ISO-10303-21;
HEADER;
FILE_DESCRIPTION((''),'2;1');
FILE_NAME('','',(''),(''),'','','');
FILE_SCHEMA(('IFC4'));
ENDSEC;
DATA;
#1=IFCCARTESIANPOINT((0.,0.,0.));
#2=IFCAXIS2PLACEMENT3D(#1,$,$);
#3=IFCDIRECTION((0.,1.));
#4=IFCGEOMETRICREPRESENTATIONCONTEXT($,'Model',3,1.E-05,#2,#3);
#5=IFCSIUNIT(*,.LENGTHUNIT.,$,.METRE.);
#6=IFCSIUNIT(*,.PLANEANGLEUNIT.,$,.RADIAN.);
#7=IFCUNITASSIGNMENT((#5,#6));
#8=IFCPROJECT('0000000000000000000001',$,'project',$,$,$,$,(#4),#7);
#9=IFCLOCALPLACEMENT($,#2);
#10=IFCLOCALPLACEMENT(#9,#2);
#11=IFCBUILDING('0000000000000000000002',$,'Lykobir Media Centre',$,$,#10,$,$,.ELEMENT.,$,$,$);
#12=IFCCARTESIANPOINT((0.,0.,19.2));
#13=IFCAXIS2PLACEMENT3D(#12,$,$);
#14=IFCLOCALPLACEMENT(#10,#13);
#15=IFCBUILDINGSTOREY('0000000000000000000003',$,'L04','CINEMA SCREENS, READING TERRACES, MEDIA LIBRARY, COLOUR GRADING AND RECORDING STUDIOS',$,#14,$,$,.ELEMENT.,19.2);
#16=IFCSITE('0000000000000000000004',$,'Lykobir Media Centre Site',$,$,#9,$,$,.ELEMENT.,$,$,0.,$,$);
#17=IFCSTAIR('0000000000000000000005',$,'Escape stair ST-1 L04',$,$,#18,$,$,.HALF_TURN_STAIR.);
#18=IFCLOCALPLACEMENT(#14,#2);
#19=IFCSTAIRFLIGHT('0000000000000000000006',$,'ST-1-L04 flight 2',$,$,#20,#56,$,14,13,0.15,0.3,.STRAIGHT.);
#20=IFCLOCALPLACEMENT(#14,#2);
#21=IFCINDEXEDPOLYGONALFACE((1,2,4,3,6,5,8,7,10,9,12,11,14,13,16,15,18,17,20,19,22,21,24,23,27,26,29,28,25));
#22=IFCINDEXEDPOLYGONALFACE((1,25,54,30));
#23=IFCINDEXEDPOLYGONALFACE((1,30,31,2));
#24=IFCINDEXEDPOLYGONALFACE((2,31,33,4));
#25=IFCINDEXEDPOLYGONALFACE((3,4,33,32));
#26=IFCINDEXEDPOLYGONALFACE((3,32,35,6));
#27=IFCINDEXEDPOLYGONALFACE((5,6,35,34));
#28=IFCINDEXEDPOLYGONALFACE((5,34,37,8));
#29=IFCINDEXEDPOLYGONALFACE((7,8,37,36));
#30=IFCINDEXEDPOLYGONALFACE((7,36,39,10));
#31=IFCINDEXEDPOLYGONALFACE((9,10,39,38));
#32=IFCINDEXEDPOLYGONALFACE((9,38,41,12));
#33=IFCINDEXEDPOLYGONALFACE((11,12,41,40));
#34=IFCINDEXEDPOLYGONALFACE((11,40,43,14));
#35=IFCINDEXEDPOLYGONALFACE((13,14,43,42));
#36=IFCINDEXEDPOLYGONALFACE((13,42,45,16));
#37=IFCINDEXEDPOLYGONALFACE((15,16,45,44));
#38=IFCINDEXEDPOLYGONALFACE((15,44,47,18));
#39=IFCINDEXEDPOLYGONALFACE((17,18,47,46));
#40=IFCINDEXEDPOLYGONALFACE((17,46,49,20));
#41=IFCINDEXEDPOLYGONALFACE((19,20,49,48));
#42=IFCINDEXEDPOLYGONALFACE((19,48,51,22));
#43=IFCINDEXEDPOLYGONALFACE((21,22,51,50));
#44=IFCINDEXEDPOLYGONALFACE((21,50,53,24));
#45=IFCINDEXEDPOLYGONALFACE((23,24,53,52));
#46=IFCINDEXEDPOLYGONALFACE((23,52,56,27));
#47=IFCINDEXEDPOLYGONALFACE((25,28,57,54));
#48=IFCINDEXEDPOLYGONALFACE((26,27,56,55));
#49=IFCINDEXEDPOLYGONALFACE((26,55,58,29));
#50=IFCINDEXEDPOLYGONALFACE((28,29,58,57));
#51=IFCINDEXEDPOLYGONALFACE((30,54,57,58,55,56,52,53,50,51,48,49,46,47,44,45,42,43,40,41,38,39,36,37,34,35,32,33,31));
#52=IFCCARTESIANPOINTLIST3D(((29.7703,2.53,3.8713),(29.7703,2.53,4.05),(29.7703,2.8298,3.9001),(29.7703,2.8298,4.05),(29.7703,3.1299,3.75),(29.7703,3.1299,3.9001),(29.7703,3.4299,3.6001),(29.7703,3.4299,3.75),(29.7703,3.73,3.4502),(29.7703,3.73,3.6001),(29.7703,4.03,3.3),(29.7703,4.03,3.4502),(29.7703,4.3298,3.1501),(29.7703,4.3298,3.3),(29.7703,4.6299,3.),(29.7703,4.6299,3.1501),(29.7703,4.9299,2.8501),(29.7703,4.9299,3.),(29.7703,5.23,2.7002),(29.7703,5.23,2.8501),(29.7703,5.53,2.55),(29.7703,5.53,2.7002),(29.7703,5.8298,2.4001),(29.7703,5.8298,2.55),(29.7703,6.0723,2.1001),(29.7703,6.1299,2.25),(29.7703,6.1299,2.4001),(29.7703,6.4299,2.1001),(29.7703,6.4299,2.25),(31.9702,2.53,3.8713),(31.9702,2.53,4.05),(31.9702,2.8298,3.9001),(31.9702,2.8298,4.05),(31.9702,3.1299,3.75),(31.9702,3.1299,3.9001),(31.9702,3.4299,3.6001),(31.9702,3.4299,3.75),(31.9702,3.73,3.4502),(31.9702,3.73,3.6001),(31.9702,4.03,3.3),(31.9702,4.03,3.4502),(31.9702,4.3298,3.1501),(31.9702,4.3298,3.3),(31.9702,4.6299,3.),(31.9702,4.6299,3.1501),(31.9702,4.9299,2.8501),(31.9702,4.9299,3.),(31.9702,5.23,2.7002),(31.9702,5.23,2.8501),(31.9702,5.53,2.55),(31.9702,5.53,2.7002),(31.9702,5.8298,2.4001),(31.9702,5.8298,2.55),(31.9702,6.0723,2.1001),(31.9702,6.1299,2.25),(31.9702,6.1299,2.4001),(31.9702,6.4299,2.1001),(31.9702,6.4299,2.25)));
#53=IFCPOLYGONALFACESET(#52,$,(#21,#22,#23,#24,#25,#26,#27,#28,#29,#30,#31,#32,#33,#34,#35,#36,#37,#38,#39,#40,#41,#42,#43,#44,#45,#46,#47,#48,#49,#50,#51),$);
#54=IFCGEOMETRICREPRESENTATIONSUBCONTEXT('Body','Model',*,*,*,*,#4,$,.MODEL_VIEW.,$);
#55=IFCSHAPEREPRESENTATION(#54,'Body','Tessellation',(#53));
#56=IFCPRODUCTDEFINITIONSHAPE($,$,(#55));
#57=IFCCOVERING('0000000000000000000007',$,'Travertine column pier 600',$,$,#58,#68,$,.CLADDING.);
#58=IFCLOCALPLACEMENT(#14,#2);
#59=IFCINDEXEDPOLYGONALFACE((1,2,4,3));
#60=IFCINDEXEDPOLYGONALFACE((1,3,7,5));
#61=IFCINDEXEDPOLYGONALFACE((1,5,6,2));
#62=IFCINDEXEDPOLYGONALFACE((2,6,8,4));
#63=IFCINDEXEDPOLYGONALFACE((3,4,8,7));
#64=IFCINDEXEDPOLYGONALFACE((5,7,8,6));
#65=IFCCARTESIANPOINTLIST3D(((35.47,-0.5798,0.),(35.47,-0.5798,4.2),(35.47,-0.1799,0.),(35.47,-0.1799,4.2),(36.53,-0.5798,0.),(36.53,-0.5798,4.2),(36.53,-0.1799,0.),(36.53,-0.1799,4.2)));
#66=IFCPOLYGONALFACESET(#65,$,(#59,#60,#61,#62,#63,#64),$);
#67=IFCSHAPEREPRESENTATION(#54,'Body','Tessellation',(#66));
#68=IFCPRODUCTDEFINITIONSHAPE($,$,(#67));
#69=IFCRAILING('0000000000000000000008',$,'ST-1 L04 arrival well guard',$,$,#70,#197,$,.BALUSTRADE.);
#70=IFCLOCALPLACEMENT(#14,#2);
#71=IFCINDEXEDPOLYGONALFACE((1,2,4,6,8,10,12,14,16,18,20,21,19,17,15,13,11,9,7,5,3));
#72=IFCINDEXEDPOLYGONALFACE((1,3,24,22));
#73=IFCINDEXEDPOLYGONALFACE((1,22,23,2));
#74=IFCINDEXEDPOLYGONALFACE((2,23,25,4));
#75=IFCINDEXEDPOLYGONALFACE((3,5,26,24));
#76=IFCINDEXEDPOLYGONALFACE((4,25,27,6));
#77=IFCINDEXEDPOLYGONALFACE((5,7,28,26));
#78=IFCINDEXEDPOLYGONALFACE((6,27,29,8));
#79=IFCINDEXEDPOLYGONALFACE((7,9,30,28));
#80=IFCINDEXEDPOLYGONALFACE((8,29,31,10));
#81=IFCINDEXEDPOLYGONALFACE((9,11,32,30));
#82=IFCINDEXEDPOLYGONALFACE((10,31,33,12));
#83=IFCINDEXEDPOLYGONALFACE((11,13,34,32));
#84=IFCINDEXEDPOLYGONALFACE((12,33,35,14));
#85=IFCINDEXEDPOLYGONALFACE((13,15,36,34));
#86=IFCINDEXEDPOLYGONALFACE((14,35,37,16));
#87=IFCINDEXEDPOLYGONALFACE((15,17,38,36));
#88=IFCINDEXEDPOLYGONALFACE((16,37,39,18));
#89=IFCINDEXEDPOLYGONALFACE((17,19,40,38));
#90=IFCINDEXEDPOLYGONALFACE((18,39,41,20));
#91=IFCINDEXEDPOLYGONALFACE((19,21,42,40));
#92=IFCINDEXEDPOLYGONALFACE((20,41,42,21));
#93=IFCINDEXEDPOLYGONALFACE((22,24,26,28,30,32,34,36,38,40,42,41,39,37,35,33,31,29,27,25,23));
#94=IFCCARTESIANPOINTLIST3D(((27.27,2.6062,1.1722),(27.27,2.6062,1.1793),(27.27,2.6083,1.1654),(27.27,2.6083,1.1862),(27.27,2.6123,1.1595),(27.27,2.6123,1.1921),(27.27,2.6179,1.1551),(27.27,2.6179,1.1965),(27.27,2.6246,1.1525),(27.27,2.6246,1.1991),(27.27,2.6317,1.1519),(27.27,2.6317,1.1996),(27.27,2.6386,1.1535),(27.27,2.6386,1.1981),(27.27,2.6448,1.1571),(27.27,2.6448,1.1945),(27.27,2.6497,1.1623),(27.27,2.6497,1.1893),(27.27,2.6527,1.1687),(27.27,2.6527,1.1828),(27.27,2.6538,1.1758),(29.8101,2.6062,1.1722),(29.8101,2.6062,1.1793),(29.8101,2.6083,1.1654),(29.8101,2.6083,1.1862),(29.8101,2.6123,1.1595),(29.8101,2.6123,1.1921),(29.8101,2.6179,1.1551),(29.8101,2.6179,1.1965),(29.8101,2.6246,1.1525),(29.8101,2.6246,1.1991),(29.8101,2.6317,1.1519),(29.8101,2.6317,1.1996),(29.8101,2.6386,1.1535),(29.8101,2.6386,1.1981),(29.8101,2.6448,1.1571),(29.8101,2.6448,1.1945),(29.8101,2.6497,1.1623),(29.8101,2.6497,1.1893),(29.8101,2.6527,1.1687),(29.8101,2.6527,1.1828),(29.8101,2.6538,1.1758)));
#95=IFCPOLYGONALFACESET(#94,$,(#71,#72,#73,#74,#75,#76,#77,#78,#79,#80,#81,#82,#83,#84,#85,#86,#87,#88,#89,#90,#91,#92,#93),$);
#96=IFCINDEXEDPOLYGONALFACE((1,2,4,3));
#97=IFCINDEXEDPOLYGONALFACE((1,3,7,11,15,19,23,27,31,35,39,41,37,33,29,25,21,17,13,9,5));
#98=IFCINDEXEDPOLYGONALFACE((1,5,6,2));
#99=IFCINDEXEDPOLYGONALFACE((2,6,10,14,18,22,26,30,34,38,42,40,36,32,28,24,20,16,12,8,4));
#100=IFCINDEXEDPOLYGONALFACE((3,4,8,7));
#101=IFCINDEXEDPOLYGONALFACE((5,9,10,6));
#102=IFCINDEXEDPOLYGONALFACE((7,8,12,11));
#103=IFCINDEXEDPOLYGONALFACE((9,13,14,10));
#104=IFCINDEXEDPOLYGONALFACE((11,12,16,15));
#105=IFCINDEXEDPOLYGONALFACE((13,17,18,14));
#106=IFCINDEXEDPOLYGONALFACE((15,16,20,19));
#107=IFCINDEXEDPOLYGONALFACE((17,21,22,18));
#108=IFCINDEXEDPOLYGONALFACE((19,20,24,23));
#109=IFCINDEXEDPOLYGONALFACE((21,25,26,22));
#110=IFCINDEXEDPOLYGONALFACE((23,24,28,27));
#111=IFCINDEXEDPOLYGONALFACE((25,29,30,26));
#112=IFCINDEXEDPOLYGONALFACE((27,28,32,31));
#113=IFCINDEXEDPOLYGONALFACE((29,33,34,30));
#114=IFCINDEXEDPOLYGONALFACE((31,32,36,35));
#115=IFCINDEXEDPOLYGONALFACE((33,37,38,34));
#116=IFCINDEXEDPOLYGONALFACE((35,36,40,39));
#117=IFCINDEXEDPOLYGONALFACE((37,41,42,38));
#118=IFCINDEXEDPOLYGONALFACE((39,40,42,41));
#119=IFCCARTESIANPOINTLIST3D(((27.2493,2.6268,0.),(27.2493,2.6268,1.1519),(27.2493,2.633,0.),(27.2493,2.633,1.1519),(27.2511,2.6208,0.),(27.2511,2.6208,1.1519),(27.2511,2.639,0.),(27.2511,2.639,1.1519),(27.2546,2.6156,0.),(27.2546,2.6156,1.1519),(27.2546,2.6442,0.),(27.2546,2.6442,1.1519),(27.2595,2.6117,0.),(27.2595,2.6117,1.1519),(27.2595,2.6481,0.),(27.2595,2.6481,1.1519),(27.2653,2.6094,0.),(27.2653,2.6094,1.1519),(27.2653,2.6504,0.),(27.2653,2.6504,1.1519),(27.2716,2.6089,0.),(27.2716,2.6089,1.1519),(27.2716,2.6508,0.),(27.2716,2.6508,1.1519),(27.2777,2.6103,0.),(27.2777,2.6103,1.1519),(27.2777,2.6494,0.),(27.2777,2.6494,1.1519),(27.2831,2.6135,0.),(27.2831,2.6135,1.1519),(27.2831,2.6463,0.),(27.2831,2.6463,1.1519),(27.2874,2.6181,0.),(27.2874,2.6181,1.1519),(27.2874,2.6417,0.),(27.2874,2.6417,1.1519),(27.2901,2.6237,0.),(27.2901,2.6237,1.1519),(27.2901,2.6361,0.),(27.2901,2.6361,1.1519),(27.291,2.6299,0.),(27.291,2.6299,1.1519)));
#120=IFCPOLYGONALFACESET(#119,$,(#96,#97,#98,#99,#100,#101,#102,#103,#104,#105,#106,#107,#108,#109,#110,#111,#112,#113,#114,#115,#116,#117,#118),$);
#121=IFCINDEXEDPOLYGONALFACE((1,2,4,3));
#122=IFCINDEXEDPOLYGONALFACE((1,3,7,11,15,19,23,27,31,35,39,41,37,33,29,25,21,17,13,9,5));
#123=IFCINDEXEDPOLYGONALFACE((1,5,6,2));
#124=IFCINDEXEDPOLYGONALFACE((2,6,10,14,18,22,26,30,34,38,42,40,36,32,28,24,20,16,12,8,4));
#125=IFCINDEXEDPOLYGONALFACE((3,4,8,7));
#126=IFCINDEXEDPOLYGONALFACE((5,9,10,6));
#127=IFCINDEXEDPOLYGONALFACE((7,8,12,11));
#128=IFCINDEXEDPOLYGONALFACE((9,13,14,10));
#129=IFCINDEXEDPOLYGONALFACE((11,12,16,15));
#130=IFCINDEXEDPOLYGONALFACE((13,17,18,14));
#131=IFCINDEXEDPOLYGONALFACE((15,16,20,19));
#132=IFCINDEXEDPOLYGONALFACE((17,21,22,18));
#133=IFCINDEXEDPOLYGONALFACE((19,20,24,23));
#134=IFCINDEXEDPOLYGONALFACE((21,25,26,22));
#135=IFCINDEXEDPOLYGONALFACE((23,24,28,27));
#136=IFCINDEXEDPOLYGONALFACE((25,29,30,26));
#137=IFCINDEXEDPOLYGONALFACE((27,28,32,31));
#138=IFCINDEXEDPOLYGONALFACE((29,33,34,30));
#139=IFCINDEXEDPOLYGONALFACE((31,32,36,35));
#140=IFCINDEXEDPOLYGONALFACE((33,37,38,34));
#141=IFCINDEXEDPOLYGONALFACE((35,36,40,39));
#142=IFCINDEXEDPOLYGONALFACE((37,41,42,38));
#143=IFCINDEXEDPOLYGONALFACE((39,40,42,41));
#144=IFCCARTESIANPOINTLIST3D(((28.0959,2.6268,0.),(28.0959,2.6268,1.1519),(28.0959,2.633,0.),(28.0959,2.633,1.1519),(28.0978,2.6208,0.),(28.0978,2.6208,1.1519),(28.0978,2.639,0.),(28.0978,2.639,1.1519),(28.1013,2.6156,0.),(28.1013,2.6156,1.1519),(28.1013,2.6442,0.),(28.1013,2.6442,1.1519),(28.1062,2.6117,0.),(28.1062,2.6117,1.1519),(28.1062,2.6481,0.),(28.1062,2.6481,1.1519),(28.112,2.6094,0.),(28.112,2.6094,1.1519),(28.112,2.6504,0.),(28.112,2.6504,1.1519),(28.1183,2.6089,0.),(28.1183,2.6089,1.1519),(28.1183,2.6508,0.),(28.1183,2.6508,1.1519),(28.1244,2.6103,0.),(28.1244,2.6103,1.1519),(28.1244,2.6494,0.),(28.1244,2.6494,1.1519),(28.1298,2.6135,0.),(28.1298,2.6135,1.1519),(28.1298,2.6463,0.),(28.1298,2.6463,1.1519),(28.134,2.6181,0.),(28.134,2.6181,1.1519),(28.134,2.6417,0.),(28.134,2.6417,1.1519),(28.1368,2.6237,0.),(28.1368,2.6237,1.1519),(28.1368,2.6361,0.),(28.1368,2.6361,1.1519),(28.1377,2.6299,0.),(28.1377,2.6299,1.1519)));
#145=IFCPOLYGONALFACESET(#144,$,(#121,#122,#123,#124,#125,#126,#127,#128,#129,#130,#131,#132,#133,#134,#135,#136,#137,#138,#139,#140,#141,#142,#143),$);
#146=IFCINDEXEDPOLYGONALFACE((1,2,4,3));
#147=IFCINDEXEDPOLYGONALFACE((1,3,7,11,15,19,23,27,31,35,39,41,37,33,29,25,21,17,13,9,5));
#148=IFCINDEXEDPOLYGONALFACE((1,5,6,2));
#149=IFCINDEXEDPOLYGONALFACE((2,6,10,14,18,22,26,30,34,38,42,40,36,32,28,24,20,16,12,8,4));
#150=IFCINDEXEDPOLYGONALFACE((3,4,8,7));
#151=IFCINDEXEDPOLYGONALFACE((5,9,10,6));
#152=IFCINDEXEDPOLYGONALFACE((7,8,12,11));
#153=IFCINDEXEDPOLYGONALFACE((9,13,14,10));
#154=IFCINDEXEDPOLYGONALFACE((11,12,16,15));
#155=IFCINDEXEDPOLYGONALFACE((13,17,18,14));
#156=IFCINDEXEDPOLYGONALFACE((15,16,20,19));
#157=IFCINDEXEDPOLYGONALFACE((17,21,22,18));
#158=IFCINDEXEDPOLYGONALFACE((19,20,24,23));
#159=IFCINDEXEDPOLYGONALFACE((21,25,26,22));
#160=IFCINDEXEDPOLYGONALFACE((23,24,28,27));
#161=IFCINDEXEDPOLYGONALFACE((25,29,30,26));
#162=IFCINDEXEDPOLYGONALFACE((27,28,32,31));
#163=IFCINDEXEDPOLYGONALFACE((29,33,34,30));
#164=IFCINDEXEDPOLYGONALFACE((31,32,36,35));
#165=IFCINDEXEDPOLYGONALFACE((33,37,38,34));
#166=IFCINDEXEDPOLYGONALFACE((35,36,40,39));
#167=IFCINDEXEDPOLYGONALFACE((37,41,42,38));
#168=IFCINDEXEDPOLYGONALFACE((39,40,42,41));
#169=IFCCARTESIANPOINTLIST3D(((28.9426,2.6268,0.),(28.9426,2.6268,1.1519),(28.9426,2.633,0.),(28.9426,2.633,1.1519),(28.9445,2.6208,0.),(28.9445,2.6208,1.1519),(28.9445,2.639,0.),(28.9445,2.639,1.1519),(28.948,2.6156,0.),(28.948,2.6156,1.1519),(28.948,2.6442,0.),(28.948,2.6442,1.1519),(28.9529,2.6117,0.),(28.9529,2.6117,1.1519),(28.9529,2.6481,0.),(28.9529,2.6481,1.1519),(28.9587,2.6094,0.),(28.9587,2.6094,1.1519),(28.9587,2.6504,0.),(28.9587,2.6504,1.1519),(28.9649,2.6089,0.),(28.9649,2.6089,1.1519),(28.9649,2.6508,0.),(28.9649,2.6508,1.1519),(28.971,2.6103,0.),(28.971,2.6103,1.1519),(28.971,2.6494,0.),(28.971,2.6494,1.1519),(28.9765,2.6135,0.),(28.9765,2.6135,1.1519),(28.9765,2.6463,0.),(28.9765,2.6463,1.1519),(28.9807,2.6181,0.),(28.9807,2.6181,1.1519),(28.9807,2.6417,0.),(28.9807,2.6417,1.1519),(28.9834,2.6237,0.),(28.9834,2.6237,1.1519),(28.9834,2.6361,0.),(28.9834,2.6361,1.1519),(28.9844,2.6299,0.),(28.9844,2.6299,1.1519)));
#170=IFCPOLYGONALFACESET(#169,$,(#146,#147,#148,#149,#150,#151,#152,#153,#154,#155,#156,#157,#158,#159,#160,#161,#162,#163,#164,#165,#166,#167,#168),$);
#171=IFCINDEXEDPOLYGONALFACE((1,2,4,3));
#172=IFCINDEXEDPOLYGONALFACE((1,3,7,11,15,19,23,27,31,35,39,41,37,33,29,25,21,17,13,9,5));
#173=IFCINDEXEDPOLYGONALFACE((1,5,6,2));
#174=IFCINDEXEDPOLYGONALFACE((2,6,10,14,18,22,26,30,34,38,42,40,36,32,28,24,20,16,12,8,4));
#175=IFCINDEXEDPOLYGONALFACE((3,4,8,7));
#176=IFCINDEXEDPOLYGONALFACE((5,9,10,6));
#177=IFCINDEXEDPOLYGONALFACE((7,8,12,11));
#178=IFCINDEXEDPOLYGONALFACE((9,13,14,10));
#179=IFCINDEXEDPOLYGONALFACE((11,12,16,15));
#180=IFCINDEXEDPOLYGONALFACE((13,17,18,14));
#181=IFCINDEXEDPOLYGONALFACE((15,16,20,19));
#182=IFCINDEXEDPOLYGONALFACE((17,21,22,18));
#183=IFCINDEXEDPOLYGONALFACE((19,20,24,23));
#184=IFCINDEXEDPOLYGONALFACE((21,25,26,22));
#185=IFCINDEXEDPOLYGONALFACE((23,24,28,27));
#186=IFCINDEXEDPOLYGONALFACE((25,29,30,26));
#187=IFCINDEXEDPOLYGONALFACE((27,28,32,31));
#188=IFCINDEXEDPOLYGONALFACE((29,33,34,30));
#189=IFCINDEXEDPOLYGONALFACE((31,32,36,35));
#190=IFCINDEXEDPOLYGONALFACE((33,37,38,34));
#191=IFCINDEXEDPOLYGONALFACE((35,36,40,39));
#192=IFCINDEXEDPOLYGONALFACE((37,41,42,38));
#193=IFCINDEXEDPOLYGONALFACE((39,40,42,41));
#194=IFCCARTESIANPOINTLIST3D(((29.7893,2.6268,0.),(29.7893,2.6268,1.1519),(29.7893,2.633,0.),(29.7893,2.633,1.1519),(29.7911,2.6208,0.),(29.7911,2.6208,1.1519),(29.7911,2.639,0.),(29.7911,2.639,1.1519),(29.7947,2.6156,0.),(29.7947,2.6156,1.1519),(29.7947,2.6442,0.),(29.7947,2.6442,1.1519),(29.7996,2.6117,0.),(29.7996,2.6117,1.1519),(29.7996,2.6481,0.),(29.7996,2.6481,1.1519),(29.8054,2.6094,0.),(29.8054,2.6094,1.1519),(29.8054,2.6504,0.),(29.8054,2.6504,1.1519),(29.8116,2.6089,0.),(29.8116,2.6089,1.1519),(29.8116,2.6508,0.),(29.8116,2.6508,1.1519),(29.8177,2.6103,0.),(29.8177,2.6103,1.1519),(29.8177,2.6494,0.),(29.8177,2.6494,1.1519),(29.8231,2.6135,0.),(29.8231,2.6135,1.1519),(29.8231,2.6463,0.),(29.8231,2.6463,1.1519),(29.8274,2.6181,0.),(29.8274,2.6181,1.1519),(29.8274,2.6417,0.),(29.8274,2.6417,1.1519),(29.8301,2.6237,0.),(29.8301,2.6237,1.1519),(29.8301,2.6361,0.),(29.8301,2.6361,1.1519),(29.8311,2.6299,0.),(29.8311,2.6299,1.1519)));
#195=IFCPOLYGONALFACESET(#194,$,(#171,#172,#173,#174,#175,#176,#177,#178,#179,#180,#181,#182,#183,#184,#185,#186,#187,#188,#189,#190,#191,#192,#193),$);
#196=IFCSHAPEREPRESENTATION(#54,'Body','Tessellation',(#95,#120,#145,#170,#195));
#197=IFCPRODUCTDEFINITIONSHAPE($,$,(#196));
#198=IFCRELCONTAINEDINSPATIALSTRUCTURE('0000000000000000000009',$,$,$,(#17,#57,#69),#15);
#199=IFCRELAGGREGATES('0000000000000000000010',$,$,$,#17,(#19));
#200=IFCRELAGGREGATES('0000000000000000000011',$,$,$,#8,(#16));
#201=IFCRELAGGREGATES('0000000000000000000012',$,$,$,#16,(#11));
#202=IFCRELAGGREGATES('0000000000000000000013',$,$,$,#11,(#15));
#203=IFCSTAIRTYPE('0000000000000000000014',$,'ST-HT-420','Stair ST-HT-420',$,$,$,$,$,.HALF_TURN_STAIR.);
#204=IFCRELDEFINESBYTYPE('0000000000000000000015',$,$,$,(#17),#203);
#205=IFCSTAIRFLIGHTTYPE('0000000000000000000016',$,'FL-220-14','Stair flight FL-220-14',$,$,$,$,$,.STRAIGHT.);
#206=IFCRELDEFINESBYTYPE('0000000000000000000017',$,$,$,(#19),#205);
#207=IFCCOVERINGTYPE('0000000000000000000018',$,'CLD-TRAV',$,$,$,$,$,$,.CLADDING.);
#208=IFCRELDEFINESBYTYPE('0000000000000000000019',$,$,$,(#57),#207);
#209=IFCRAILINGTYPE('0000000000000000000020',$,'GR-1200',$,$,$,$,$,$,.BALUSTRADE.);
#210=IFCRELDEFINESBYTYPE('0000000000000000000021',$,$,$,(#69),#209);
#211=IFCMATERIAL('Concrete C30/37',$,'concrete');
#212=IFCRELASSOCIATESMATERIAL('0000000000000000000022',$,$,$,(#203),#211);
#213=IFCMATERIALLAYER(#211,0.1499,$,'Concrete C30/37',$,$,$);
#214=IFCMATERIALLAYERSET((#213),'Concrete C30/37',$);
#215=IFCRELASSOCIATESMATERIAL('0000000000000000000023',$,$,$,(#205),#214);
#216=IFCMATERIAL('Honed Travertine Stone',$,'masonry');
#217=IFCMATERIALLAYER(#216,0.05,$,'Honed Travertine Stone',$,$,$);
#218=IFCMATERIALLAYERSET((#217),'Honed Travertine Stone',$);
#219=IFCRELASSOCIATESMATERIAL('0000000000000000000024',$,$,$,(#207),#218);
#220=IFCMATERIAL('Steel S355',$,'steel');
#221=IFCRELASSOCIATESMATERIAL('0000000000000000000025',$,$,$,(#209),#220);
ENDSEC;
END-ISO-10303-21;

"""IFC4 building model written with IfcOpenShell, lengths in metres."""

from ifc_helpers import new_model, si_unit, direction, frame, origin, origin_2d, place, context, subcontext, project, spatial, polyline, rectangle, circle, outline, extrude, material, layer, layer_set, type_object, element, aggregate, save


model = new_model("IFC4")

# Units and contexts
model_context = context("Model", 3, precision=1e-05, world=origin(), true_north=direction((0.0, 1.0)))
body_context = subcontext(model_context, "Body", "Model", "MODEL_VIEW")
ifc_project = project(units=[si_unit("LENGTHUNIT", "METRE"), si_unit("PLANEANGLEUNIT", "RADIAN")], contexts=[model_context])

# Site, building, storey
site_placement = place(None, origin())
site = spatial("IfcSite", under=ifc_project, at=site_placement, Name="Lykobir Media Centre Site", CompositionType="ELEMENT", RefElevation=0.0)
building_placement = place(site_placement, origin())
building = spatial("IfcBuilding", under=site, at=building_placement, Name="Lykobir Media Centre", CompositionType="ELEMENT")
storey_placement = place(building_placement, frame((0.0, 0.0, 19.2)))
storey = spatial("IfcBuildingStorey", under=building, at=storey_placement, Name="L04", Description="CINEMA SCREENS, READING TERRACES, MEDIA LIBRARY, COLOUR GRADING AND RECORDING STUDIOS", CompositionType="ELEMENT", Elevation=19.2)

# Shared definitions
ifc_material_1 = material(Name="Steel S355", Category="steel")

# Shared definitions
ifc_material_2 = material(Name="Concrete C30/37", Category="concrete")

# Stair, stair flight
stair_type = type_object("IfcStairType", Name="ST-HT-420", Description="Stair ST-HT-420", PredefinedType="HALF_TURN_STAIR", material=ifc_material_2)
stair_placement = place(storey_placement, origin())
stair = element("IfcStair", 1, at=stair_placement, inside=storey, type_object=stair_type, Name="Escape stair ST-1 L04", PredefinedType="HALF_TURN_STAIR")
ifc_layer_1 = layer(ifc_material_2, 0.1499, Name="Concrete C30/37")
ifc_layer_set_1 = layer_set([ifc_layer_1], Name="Concrete C30/37")
stair_flight_type = type_object("IfcStairFlightType", Name="FL-220-14", Description="Stair flight FL-220-14", PredefinedType="STRAIGHT", material=ifc_layer_set_1)
stair_flight_1_placement = place(storey_placement, frame((30.8701, 6.4299, 2.1001), z_axis=(0.0, 0.0, 1.0), x_axis=(0.0, -1.0, 0.0)))
stair_flight_1 = element("IfcStairFlight", 2, at=stair_flight_1_placement, type_object=stair_flight_type, Name="ST-1-L04 flight 2", NumberOfRisers=14, NumberOfTreads=13, PredefinedType="STRAIGHT", RiserHeight=0.15, TreadLength=0.3, context=body_context, shape_type="SweptSolid", body=[
    extrude(outline(polyline([(0.0, 0.0), (0.0, 0.1499), (0.3, 0.1499), (0.3, 0.3), (0.6001, 0.3), (0.6001, 0.45), (0.8999, 0.45), (0.8999, 0.6001), (1.2, 0.6001), (1.2, 0.75), (1.5, 0.75), (1.5, 0.8999), (1.8, 0.8999), (1.8, 1.05), (2.1001, 1.05), (2.1001, 1.2), (2.3999, 1.2), (2.3999, 1.3501), (2.7, 1.3501), (2.7, 1.5), (3.0, 1.5), (3.0, 1.6499), (3.3, 1.6499), (3.3, 1.8), (3.6001, 1.8), (3.6001, 1.95), (3.8999, 1.95), (3.8999, 2.1001), (3.8999, 1.7712), (0.3577, 0.0), (0.0, 0.0)])), frame((0.0, 1.1001, 0.0), z_axis=(0.0, -1.0, 0.0), x_axis=(1.0, 0.0, 0.0)), (0.0, 0.0, 1.0), 2.2),
])
aggregate(stair, [stair_flight_1])

# Covering
ifc_material_3 = material(Name="Honed Travertine Stone", Category="masonry")
ifc_layer_2 = layer(ifc_material_3, 0.05, Name="Honed Travertine Stone")
ifc_layer_set_2 = layer_set([ifc_layer_2], Name="Honed Travertine Stone")
covering_type = type_object("IfcCoveringType", Name="CLD-TRAV", PredefinedType="CLADDING", material=ifc_layer_set_2)
covering_placement = place(storey_placement, frame((36.0, -0.3799, 0.0), z_axis=(0.0, 0.0, 1.0), x_axis=(1.0, 0.0, 0.0)))
element("IfcCovering", 3, at=covering_placement, inside=storey, type_object=covering_type, Name="Travertine column pier 600", PredefinedType="CLADDING", context=body_context, shape_type="SweptSolid", body=[
    extrude(rectangle(XDim=1.0601, YDim=0.3999, at=origin_2d()), origin(), (0.0, 0.0, 1.0), 4.2),
])

# Railing
railing_type_1 = type_object("IfcRailingType", Name="GR-1200", PredefinedType="BALUSTRADE", material=ifc_material_1)
railing_1_placement = place(storey_placement, frame((27.27, 2.6299, 0.0)))
element("IfcRailing", 4, at=railing_1_placement, inside=storey, type_object=railing_type_1, Name="ST-1 L04 arrival well guard", PredefinedType="BALUSTRADE", context=body_context, shape_type="SweptSolid", body=[
    extrude(circle(Radius=0.0239, at=origin_2d()), frame((0.0, 0.0, 1.1758), z_axis=(1.0, 0.0, 0.0), x_axis=(0.0, 1.0, 0.0)), (0.0, 0.0, 1.0), 2.54),
    extrude(circle(Radius=0.021, at=origin_2d()), origin(), (0.0, 0.0, 1.0), 1.1519),
    extrude(circle(Radius=0.021, at=origin_2d()), frame((0.8467, 0.0, 0.0)), (0.0, 0.0, 1.0), 1.1519),
    extrude(circle(Radius=0.021, at=origin_2d()), frame((1.6934, 0.0, 0.0)), (0.0, 0.0, 1.0), 1.1519),
    extrude(circle(Radius=0.021, at=origin_2d()), frame((2.54, 0.0, 0.0)), (0.0, 0.0, 1.0), 1.1519),
])

save(model, "model.ifc")
